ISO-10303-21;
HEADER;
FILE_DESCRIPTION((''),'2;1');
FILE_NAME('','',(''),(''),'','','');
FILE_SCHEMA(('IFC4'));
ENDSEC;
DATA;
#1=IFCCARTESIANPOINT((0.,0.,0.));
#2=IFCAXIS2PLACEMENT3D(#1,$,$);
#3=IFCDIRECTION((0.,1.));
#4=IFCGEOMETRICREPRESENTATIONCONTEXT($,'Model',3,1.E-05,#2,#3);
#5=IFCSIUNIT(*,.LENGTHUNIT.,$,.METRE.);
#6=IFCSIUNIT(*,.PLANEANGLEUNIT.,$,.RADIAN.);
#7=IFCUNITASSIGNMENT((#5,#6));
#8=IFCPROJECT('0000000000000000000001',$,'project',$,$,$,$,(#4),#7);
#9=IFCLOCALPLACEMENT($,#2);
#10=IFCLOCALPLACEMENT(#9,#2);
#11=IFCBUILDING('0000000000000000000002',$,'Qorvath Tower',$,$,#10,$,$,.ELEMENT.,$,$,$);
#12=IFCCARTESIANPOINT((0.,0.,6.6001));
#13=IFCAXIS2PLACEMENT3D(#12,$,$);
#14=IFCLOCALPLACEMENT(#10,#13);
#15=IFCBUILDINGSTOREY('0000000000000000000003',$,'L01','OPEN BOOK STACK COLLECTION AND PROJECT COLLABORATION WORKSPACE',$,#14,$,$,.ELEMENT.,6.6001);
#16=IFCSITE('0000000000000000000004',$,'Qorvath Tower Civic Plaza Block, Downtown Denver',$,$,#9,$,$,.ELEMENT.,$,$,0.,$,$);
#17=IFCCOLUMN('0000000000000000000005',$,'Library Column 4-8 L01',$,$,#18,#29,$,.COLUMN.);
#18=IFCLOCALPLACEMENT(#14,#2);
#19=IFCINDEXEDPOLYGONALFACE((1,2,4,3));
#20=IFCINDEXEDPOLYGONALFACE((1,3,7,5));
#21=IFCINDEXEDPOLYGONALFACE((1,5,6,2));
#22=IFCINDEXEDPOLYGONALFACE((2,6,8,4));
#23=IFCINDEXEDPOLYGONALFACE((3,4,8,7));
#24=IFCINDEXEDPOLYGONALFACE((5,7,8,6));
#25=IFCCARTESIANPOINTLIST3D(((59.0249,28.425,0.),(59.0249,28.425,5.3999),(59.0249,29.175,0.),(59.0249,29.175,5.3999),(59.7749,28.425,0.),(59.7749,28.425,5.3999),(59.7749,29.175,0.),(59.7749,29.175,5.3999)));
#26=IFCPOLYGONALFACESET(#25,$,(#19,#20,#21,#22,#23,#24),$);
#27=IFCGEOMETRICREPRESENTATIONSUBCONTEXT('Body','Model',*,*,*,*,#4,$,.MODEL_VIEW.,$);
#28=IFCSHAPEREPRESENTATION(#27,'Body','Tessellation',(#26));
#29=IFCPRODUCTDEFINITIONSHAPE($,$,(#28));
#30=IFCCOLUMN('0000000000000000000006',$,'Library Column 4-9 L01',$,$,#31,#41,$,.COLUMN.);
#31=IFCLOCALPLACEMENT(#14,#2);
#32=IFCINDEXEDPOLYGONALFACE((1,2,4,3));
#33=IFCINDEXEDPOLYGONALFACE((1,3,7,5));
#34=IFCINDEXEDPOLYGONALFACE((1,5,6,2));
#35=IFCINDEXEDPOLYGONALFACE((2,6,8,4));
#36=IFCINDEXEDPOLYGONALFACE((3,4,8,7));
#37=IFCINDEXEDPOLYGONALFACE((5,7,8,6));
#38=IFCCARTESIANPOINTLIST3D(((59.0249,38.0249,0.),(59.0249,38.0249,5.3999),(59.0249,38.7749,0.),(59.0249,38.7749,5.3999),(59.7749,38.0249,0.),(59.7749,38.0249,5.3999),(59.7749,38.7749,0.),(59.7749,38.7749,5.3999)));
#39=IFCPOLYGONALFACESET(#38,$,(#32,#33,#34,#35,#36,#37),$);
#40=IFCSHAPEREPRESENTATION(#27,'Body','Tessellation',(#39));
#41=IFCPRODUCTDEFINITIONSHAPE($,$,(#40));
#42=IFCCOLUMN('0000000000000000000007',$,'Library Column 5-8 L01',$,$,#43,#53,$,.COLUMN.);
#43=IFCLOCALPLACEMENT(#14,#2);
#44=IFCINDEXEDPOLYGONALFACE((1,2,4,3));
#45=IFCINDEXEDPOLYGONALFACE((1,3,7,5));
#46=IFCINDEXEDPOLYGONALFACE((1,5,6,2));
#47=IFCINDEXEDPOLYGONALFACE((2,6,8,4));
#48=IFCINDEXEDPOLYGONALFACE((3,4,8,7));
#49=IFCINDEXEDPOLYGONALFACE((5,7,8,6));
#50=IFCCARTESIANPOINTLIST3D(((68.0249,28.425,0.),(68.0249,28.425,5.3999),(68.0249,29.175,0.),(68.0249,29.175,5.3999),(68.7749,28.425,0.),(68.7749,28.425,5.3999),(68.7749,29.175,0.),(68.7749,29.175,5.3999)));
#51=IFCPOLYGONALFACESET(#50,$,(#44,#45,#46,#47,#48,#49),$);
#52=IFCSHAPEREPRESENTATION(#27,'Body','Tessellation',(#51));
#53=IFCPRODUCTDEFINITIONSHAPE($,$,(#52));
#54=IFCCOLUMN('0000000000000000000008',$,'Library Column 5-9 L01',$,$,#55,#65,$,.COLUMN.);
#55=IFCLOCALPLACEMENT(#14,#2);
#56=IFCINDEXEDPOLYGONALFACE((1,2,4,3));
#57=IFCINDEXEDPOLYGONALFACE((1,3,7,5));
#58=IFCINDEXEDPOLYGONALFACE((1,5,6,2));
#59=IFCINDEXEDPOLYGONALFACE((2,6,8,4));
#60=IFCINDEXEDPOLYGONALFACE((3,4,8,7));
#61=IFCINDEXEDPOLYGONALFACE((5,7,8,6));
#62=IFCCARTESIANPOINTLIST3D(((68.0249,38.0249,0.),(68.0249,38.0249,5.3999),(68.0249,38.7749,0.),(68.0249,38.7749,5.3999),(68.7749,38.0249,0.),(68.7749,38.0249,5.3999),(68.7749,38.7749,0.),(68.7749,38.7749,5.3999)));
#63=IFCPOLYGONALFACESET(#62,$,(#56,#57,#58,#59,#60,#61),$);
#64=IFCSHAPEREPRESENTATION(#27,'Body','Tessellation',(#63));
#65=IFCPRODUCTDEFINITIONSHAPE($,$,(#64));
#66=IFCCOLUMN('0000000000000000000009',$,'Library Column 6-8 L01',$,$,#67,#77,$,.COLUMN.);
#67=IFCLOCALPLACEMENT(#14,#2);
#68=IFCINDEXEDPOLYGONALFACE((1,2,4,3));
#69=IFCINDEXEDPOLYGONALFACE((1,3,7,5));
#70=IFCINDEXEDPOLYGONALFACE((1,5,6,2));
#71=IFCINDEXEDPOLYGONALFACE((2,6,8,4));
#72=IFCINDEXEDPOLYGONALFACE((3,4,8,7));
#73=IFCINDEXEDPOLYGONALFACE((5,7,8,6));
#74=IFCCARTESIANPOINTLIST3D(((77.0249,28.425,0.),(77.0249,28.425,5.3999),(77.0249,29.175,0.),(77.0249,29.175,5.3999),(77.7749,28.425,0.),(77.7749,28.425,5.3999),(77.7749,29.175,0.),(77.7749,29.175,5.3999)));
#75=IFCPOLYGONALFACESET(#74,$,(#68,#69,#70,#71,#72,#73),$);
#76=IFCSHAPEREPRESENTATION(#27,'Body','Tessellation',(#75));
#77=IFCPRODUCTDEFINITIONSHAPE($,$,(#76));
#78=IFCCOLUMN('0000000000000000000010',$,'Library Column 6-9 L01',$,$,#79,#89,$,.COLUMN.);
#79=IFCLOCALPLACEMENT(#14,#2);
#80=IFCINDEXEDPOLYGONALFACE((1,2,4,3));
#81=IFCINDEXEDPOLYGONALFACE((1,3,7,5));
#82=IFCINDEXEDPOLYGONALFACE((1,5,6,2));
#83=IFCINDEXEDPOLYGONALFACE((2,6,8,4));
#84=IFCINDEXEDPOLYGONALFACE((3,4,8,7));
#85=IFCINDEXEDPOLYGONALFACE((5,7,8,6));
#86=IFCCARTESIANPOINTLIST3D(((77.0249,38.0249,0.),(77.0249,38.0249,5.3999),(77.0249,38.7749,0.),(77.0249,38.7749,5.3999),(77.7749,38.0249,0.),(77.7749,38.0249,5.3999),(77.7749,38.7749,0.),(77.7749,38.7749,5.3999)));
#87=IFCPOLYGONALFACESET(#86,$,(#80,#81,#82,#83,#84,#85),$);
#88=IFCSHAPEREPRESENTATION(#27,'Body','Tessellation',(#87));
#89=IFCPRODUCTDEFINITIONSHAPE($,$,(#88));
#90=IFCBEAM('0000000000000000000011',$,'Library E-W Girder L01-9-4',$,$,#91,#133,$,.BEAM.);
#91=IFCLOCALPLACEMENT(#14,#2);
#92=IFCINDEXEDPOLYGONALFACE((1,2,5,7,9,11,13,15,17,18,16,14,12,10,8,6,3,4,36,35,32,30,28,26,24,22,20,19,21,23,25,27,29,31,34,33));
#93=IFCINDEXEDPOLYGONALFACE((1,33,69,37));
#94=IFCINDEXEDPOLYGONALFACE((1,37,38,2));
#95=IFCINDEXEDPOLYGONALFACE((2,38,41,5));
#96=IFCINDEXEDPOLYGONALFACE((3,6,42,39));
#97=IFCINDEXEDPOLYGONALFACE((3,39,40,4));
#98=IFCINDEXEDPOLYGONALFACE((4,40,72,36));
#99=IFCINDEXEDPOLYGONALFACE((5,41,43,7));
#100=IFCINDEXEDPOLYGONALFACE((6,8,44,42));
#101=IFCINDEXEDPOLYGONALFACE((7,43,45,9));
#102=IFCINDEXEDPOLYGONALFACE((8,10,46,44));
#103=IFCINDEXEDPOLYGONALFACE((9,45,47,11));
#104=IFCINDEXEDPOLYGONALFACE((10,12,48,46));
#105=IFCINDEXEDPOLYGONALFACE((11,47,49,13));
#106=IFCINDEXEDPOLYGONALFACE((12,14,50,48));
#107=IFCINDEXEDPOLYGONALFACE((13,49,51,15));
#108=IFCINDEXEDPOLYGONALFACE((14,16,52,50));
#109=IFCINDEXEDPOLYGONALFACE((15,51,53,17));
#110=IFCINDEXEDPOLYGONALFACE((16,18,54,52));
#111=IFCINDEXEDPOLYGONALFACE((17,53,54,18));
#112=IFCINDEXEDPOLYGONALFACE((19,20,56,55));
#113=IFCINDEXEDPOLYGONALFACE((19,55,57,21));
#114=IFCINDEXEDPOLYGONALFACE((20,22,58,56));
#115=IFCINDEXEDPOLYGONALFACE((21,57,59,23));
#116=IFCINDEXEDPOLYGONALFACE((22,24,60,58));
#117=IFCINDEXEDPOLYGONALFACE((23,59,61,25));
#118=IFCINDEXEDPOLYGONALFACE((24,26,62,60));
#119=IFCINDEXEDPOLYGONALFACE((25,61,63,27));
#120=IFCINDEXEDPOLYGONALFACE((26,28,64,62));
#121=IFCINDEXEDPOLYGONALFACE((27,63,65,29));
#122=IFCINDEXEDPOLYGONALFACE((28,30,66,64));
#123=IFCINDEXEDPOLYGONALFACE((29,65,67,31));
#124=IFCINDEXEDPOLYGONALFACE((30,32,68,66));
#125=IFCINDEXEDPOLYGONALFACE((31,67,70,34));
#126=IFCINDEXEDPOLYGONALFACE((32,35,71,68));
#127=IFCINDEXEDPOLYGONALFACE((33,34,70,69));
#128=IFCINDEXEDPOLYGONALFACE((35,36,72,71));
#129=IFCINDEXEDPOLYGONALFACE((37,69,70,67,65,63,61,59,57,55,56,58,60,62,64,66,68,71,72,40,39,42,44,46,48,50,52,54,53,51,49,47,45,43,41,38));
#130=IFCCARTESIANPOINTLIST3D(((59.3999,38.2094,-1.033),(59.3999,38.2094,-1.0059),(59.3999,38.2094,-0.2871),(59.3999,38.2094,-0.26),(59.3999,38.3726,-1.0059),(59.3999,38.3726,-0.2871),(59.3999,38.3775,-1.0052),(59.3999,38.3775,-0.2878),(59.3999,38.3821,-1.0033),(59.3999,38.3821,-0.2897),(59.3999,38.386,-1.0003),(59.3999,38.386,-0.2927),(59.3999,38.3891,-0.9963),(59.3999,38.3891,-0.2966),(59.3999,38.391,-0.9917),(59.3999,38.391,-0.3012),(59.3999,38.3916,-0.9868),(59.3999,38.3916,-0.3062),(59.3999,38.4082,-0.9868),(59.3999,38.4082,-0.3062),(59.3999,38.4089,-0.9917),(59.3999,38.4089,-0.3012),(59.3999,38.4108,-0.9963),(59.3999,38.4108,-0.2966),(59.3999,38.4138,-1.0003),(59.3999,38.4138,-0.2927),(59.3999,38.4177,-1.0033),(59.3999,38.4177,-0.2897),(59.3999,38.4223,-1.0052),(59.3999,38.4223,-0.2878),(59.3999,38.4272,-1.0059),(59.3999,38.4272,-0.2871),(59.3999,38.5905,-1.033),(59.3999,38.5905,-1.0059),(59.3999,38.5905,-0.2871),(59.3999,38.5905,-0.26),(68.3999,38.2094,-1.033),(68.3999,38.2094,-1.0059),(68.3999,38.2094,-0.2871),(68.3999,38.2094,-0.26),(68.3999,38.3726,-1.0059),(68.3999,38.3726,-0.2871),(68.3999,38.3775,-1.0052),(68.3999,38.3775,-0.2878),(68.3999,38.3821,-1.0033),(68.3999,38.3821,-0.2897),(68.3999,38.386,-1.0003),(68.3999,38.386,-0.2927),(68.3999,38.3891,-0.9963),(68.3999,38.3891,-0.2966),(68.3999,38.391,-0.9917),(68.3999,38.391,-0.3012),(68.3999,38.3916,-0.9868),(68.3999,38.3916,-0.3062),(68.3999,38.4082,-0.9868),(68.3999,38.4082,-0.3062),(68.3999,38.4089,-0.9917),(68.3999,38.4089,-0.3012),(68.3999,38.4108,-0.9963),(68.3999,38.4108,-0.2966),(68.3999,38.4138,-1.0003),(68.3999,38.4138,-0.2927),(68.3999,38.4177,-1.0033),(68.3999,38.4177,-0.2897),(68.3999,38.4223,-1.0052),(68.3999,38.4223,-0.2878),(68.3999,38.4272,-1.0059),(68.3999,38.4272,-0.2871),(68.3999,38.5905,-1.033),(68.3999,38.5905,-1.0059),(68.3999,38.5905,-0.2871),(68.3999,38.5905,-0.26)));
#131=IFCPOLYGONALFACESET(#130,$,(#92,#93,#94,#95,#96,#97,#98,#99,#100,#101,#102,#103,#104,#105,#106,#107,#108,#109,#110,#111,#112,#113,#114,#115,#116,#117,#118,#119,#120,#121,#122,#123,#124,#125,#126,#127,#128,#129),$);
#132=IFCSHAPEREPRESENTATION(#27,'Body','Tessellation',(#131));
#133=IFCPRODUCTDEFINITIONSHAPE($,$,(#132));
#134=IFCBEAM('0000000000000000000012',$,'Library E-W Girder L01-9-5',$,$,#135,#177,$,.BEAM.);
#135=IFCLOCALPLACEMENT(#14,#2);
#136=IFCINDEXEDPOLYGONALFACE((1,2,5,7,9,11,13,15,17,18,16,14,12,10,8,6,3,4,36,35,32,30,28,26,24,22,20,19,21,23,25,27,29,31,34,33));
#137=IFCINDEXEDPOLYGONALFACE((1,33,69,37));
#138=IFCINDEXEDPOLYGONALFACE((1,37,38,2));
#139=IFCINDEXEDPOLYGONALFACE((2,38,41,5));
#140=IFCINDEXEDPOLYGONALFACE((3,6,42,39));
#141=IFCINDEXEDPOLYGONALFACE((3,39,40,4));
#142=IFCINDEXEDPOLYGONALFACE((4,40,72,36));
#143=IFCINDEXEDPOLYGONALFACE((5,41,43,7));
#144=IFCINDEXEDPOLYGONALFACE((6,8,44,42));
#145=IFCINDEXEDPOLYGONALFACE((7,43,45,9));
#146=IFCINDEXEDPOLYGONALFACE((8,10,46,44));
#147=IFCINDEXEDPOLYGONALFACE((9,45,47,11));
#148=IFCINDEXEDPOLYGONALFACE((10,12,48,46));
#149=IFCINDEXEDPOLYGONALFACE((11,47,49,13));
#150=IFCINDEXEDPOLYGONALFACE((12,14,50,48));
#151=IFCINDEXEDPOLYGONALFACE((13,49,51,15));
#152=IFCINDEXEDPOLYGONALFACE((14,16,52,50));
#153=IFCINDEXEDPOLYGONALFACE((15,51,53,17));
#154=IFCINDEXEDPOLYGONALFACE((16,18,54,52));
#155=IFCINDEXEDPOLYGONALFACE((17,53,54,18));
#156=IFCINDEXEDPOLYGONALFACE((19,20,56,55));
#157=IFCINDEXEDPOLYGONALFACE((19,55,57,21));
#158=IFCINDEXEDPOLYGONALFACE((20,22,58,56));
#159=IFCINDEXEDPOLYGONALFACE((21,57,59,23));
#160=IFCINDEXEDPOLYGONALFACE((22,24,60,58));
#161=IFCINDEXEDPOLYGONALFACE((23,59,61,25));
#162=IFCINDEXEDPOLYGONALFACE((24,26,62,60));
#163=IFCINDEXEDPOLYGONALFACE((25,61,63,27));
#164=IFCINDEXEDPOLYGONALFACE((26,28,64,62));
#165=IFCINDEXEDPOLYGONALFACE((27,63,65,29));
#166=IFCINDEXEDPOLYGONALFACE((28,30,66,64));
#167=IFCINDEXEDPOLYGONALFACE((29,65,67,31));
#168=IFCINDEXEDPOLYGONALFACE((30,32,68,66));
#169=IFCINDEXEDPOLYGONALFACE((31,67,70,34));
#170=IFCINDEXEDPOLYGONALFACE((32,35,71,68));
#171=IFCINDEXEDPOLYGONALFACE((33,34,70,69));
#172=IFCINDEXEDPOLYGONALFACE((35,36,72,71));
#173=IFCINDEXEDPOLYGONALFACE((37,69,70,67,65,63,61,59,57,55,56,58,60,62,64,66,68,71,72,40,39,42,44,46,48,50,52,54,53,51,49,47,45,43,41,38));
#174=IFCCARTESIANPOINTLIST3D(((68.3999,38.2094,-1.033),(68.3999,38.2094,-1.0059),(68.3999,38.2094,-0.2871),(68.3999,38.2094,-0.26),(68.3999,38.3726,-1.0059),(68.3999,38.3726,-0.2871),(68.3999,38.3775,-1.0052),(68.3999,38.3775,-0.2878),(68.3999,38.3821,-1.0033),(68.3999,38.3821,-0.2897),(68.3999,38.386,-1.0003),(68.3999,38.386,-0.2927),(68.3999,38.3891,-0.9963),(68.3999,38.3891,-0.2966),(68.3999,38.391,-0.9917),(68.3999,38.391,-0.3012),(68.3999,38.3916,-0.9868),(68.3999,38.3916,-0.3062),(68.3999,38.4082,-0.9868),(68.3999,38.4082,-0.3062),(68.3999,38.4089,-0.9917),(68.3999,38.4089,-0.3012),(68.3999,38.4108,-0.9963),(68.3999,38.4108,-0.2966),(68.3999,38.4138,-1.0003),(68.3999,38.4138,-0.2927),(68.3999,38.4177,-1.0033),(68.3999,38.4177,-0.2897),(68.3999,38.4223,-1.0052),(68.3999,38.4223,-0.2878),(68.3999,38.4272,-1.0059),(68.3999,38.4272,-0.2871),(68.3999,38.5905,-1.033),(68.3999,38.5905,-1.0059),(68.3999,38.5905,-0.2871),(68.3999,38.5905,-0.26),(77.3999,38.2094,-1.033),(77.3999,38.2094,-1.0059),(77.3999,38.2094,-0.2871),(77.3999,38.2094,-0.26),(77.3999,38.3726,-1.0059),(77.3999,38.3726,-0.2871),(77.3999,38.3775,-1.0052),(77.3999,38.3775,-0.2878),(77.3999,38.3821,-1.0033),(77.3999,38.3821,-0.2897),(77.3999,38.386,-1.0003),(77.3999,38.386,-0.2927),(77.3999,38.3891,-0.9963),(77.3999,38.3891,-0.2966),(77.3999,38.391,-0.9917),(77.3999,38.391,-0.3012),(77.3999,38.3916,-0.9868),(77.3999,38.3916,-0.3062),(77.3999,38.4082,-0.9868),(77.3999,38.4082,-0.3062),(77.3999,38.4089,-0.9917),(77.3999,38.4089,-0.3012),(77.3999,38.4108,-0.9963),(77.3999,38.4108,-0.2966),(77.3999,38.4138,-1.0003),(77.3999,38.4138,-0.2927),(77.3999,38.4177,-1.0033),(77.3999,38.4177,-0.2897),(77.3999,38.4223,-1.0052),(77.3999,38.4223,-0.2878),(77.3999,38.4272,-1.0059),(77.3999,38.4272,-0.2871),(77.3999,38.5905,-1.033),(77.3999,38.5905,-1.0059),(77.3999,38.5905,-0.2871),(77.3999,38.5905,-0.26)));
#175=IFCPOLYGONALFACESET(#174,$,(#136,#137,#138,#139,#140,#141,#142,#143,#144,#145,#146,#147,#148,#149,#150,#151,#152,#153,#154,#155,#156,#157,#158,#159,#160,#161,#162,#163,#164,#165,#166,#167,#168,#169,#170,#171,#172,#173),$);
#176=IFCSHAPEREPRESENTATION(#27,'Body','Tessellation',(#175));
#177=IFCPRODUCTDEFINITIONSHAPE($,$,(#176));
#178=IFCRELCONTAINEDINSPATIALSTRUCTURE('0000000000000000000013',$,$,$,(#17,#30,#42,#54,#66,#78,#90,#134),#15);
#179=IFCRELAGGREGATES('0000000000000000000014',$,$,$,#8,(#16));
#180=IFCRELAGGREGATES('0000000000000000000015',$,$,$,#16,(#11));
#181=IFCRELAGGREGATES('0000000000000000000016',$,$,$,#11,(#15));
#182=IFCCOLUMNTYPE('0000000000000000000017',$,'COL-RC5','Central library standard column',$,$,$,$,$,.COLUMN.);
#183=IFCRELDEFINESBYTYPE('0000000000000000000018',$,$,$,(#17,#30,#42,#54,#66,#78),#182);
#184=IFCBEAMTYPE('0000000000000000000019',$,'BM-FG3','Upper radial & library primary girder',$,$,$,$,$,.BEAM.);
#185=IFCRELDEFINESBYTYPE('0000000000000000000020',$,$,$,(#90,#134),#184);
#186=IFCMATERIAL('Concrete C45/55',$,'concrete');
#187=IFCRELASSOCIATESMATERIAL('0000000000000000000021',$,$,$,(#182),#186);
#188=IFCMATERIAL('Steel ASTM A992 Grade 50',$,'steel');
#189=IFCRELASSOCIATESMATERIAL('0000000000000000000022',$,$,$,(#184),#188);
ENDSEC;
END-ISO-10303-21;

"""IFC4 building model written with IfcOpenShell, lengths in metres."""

from ifc_helpers import new_model, si_unit, direction, frame, origin, origin_2d, place, context, subcontext, project, spatial, rectangle, i_section, extrude, material, material_profile, profile_set, type_object, element, save


model = new_model("IFC4")

# Units and contexts
model_context = context("Model", 3, precision=1e-05, world=origin(), true_north=direction((0.0, 1.0)))
body_context = subcontext(model_context, "Body", "Model", "MODEL_VIEW")
ifc_project = project(units=[si_unit("LENGTHUNIT", "METRE"), si_unit("PLANEANGLEUNIT", "RADIAN")], contexts=[model_context])

# Site, building, storey
site_placement = place(None, origin())
site = spatial("IfcSite", under=ifc_project, at=site_placement, Name="Qorvath Tower Civic Plaza Block, Downtown Denver", CompositionType="ELEMENT", RefElevation=0.0)
building_placement = place(site_placement, origin())
building = spatial("IfcBuilding", under=site, at=building_placement, Name="Qorvath Tower", CompositionType="ELEMENT")
storey_placement = place(building_placement, frame((0.0, 0.0, 6.6001)))
storey = spatial("IfcBuildingStorey", under=building, at=storey_placement, Name="L01", Description="OPEN BOOK STACK COLLECTION AND PROJECT COLLABORATION WORKSPACE", CompositionType="ELEMENT", Elevation=6.6001)

# Columns
ifc_material_1 = material(Name="Concrete C45/55", Category="concrete")
ifc_material_profile_1 = material_profile(ifc_material_1, rectangle(XDim=0.75, YDim=0.75, at=origin_2d()), Name="RC 750x750")
ifc_profile_set_1 = profile_set([ifc_material_profile_1], Name="Concrete C45/55")
column_type = type_object("IfcColumnType", Name="COL-RC5", Description="Central library standard column", PredefinedType="COLUMN", material=ifc_profile_set_1)
for number, where, z_axis, x_axis, name in (
    (1, (59.3999, 28.8, 0.0), (0.0, 0.0, 1.0), (1.0, 0.0, 0.0), "Library Column 4-8 L01"),
    (2, (59.3999, 38.3999, 0.0), (0.0, 0.0, 1.0), (1.0, 0.0, 0.0), "Library Column 4-9 L01"),
    (3, (68.3999, 28.8, 0.0), (0.0, 0.0, 1.0), (1.0, 0.0, 0.0), "Library Column 5-8 L01"),
    (4, (68.3999, 38.3999, 0.0), (0.0, 0.0, 1.0), (1.0, 0.0, 0.0), "Library Column 5-9 L01"),
    (5, (77.3999, 28.8, 0.0), (0.0, 0.0, 1.0), (1.0, 0.0, 0.0), "Library Column 6-8 L01"),
    (6, (77.3999, 38.3999, 0.0), (0.0, 0.0, 1.0), (1.0, 0.0, 0.0), "Library Column 6-9 L01"),
):
    element("IfcColumn", number, at=place(storey_placement, frame(where, z_axis=z_axis, x_axis=x_axis)), inside=storey, type_object=column_type, Name=name, PredefinedType="COLUMN", context=body_context, shape_type="SweptSolid", body=[
        extrude(rectangle(XDim=0.75, YDim=0.75, at=origin_2d()), origin(), (0.0, 0.0, 1.0), 5.3999),
    ])

# Beams
ifc_material_2 = material(Name="Steel ASTM A992 Grade 50", Category="steel")
ifc_material_profile_2 = material_profile(ifc_material_2, i_section(OverallWidth=0.3811, OverallDepth=0.7729, WebThickness=0.0166, FlangeThickness=0.0271, FilletRadius=0.019, at=origin_2d()), Name="W30x173")
ifc_profile_set_2 = profile_set([ifc_material_profile_2], Name="Steel ASTM A992 Grade 50")
beam_type_1 = type_object("IfcBeamType", Name="BM-FG3", Description="Upper radial & library primary girder", PredefinedType="BEAM", material=ifc_profile_set_2)
for number, where, z_axis, x_axis, name in (
    (7, (59.3999, 38.3999, -0.6465), (1.0, 0.0, 0.0), (0.0, 1.0, 0.0), "Library E-W Girder L01-9-4"),
    (8, (68.3999, 38.3999, -0.6465), (1.0, 0.0, 0.0), (0.0, 1.0, 0.0), "Library E-W Girder L01-9-5"),
):
    element("IfcBeam", number, at=place(storey_placement, frame(where, z_axis=z_axis, x_axis=x_axis)), inside=storey, type_object=beam_type_1, Name=name, PredefinedType="BEAM", context=body_context, shape_type="SweptSolid", body=[
        extrude(i_section(OverallWidth=0.3811, OverallDepth=0.7729, WebThickness=0.0166, FlangeThickness=0.0271, FilletRadius=0.019, at=origin_2d()), origin(), (0.0, 0.0, 1.0), 9.0),
    ])

save(model, "model.ifc")
